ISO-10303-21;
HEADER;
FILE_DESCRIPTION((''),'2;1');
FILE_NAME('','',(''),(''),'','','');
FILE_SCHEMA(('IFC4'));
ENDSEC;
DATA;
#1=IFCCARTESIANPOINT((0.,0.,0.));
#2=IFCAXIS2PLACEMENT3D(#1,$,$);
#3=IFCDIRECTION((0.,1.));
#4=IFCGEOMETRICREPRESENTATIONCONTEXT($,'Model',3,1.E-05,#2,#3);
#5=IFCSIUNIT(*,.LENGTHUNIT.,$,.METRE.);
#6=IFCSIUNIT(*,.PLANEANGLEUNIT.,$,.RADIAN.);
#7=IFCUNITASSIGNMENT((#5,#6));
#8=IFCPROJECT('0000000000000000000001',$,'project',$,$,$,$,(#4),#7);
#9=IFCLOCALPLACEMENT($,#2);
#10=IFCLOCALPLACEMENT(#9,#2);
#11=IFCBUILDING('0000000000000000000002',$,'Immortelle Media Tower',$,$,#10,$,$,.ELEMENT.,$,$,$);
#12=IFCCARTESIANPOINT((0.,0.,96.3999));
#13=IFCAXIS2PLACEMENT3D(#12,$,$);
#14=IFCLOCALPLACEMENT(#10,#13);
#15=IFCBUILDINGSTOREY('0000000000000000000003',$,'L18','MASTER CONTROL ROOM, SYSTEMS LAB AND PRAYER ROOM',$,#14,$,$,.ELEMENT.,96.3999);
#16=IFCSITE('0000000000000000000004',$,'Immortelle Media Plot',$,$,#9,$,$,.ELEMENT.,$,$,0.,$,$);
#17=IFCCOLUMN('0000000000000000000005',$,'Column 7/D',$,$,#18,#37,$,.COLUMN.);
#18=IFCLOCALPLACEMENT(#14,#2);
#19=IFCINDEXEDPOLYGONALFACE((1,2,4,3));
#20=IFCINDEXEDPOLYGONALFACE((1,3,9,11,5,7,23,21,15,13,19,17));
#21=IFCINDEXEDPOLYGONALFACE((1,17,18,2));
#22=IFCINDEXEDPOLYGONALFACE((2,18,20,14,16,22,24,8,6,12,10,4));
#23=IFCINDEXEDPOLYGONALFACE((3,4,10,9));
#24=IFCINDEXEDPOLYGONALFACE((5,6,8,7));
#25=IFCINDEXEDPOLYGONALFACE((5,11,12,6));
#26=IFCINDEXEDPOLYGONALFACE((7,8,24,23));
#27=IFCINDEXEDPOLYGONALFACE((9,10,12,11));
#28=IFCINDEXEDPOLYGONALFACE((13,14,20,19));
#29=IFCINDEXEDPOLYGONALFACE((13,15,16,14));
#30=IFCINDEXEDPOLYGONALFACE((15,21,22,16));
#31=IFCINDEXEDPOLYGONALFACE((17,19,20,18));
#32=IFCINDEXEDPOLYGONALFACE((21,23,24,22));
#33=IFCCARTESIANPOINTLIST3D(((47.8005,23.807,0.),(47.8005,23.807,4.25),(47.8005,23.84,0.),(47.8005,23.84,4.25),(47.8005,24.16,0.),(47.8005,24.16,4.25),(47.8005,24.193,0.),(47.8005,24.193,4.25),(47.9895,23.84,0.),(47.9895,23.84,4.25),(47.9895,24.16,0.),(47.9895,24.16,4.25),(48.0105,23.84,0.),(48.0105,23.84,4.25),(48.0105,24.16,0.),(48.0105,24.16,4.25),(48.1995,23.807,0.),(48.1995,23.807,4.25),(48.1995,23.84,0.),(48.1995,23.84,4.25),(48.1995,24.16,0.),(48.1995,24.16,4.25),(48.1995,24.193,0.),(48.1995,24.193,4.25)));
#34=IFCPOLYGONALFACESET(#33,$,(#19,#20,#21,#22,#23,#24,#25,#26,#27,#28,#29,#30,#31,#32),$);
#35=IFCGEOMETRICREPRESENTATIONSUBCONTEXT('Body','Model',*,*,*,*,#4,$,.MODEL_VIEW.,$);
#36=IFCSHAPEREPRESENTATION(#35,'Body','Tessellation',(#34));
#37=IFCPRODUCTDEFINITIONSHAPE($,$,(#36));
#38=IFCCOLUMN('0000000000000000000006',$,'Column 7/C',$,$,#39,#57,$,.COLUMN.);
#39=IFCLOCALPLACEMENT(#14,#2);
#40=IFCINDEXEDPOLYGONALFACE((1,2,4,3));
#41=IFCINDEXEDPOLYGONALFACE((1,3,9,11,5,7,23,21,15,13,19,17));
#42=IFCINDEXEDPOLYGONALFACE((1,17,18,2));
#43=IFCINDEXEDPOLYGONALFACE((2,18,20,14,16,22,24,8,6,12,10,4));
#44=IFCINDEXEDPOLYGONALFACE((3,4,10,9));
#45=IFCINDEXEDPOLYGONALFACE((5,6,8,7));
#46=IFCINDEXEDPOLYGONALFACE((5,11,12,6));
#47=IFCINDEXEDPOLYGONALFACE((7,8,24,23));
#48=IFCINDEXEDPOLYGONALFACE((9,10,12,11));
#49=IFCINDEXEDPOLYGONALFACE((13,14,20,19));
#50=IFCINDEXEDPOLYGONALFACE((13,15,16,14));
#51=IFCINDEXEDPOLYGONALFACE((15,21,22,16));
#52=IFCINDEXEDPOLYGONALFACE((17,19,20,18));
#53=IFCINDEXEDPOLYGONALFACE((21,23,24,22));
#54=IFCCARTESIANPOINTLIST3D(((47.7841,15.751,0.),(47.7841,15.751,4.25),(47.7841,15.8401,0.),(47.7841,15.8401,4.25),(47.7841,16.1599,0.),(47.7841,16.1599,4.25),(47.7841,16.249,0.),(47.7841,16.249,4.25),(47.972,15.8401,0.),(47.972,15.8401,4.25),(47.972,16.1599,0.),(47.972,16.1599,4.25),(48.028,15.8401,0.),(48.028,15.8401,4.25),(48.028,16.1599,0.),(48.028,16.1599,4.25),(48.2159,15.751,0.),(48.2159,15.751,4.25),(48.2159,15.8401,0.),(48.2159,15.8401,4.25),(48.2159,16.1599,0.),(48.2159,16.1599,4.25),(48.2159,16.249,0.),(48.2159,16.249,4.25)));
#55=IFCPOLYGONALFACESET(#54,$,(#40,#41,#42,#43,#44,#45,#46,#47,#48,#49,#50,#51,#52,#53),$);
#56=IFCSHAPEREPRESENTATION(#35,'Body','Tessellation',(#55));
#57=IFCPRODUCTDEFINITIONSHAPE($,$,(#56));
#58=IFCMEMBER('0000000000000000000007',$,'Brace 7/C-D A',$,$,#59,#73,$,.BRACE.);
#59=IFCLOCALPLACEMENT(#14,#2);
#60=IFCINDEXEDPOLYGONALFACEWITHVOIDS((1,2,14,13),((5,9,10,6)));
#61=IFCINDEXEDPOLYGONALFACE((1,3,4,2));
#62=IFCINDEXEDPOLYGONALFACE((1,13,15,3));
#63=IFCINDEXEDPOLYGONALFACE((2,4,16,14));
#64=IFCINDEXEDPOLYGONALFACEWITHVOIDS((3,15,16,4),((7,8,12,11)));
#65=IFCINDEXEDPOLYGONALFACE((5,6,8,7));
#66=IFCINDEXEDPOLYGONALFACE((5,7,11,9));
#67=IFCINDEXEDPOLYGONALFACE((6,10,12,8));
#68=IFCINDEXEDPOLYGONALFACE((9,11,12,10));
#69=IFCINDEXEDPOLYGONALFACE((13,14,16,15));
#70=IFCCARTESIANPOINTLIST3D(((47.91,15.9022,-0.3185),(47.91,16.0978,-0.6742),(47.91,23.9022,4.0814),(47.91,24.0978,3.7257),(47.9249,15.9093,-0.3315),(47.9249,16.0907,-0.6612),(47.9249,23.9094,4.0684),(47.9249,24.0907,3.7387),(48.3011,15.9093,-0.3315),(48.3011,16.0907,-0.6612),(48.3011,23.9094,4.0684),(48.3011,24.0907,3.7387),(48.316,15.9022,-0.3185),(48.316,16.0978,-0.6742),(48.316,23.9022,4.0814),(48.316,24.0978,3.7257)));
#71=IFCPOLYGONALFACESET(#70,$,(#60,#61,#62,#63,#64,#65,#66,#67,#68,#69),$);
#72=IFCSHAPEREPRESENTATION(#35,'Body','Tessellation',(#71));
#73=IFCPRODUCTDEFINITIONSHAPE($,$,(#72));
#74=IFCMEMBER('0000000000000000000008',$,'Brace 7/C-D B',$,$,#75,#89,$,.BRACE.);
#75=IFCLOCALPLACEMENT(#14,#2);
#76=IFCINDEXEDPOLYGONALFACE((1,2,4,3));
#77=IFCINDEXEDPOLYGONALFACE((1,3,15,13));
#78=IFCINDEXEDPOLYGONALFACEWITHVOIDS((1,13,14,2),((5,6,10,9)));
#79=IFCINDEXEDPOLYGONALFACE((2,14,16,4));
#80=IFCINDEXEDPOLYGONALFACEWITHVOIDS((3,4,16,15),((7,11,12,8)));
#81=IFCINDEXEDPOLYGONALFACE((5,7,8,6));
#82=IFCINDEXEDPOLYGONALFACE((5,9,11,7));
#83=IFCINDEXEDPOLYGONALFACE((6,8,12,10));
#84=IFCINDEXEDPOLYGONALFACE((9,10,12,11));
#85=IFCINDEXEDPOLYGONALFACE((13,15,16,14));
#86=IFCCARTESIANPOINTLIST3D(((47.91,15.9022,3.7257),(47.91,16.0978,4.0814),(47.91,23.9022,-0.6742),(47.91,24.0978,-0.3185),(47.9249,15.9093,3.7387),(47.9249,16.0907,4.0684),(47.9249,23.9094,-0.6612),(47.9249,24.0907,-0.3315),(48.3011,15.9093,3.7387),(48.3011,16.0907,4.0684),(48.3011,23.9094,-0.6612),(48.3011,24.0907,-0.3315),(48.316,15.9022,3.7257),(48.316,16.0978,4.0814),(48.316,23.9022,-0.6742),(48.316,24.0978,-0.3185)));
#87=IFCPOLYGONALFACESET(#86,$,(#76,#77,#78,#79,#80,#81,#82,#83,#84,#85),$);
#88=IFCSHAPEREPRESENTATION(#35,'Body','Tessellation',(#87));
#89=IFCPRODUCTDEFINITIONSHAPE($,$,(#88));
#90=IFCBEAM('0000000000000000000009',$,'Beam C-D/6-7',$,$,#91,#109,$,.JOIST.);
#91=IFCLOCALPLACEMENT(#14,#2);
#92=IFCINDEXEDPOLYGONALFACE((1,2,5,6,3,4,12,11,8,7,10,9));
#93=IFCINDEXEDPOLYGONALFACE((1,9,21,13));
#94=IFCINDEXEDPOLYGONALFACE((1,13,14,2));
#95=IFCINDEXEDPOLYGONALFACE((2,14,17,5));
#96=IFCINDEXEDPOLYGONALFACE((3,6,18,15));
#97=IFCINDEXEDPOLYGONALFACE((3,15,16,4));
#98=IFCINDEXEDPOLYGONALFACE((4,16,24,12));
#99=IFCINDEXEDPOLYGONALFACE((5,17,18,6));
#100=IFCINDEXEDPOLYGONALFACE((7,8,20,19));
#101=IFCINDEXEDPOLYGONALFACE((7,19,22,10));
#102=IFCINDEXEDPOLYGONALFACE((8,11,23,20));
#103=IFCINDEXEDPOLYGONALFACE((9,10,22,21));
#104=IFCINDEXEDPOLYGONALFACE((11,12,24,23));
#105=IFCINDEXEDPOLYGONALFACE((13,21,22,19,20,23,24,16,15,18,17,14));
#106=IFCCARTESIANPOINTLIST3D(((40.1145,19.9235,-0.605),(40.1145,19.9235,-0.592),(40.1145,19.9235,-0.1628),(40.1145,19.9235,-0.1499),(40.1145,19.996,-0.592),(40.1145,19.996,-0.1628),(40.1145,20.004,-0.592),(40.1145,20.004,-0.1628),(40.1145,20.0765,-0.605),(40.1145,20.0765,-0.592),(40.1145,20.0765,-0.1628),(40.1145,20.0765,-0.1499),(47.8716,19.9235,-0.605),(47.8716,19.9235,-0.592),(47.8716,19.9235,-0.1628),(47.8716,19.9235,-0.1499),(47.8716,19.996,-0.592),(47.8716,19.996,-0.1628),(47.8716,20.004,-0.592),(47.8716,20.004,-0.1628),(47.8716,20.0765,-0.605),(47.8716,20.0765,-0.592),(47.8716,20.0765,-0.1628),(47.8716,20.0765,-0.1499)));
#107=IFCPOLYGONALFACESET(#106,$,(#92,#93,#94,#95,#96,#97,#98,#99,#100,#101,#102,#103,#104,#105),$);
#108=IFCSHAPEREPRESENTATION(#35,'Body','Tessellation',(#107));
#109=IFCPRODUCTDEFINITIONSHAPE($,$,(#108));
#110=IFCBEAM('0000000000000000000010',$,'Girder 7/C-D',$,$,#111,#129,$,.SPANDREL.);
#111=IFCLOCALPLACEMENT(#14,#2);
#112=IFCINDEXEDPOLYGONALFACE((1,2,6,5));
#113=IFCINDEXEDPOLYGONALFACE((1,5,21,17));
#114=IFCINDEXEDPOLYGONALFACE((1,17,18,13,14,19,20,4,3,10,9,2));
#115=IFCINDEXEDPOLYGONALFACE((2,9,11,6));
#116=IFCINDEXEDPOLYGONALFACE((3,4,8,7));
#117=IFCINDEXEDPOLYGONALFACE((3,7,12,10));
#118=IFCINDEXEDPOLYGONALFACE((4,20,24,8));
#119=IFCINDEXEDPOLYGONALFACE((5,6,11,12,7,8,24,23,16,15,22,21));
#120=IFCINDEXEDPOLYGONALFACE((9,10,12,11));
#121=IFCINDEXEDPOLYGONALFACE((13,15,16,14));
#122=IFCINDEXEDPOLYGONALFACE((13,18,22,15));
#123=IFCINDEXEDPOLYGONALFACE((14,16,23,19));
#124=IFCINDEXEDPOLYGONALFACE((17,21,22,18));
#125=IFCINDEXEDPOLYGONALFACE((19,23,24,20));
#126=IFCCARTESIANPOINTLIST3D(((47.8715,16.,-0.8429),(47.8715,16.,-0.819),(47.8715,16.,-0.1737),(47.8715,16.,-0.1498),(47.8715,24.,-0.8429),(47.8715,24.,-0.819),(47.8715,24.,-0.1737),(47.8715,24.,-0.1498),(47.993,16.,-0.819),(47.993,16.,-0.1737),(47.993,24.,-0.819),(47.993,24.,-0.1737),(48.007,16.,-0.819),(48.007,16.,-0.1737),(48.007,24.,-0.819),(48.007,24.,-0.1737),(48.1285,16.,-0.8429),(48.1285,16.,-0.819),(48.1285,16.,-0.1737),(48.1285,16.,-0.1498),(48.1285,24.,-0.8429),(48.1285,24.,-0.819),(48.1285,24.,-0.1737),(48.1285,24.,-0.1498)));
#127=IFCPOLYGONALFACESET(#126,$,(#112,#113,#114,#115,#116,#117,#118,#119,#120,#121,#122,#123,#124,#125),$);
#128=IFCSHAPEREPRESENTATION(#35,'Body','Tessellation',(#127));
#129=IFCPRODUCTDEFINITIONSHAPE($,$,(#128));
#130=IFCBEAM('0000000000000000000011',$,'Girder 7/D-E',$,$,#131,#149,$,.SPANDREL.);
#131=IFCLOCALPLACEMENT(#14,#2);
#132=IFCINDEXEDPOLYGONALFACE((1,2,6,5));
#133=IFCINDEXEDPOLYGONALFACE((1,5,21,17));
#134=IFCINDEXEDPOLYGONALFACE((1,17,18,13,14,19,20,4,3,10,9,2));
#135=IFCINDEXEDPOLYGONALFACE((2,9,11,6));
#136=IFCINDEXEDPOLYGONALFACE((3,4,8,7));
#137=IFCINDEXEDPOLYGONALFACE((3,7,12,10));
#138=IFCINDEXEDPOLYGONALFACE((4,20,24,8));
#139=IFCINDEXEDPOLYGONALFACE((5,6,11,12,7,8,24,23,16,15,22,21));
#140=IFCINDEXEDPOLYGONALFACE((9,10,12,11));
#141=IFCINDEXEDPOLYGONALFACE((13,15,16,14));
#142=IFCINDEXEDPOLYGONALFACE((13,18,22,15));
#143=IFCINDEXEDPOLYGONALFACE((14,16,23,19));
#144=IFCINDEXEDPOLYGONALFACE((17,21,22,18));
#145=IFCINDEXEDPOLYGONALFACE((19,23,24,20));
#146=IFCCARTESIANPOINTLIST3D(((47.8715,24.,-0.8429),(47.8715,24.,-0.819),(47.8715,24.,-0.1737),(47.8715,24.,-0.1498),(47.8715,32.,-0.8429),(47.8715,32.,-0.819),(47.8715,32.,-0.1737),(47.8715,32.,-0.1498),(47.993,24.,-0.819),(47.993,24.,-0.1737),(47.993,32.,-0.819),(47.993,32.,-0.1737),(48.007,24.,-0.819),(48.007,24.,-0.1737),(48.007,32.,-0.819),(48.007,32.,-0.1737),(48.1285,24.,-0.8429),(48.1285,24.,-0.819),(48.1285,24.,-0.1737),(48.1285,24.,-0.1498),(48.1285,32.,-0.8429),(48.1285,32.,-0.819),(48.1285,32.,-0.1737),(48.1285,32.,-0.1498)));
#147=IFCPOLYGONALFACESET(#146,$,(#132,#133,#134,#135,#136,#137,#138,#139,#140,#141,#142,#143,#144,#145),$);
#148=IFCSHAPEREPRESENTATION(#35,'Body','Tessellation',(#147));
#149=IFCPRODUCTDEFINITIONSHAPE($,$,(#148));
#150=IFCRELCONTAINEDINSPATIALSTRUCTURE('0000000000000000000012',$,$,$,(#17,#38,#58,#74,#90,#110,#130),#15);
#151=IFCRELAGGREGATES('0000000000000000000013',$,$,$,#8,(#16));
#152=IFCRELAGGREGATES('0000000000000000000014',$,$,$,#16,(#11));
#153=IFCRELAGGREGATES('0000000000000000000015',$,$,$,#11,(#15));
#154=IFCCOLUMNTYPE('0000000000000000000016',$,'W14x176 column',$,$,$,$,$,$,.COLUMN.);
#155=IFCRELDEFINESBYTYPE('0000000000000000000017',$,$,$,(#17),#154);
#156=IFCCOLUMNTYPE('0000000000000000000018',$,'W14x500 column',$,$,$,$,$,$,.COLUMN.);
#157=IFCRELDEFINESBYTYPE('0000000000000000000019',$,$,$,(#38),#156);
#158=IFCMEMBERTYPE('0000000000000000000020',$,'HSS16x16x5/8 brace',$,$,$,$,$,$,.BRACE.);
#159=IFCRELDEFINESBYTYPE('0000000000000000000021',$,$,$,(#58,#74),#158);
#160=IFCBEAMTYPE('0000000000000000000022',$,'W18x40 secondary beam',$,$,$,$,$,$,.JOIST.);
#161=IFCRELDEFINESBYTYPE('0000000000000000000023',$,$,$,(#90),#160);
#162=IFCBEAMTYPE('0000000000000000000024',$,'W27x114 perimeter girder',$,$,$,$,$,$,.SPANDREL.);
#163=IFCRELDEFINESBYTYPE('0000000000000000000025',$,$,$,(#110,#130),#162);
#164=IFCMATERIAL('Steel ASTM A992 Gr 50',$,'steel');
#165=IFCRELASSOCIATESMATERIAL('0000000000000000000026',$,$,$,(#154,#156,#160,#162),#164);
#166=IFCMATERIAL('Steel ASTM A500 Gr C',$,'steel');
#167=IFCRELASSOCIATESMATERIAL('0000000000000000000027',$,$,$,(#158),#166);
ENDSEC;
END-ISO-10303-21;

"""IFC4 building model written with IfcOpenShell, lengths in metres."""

from ifc_helpers import new_model, si_unit, direction, frame, origin, origin_2d, place, context, subcontext, project, spatial, hollow_rectangle, i_section, extrude, material, material_profile, profile_set, type_object, element, save


model = new_model("IFC4")

# Units and contexts
model_context = context("Model", 3, precision=1e-05, world=origin(), true_north=direction((0.0, 1.0)))
body_context = subcontext(model_context, "Body", "Model", "MODEL_VIEW")
ifc_project = project(units=[si_unit("LENGTHUNIT", "METRE"), si_unit("PLANEANGLEUNIT", "RADIAN")], contexts=[model_context])

# Site, building, storey
site_placement = place(None, origin())
site = spatial("IfcSite", under=ifc_project, at=site_placement, Name="Immortelle Media Plot", CompositionType="ELEMENT", RefElevation=0.0)
building_placement = place(site_placement, origin())
building = spatial("IfcBuilding", under=site, at=building_placement, Name="Immortelle Media Tower", CompositionType="ELEMENT")
storey_placement = place(building_placement, frame((0.0, 0.0, 96.3999)))
storey = spatial("IfcBuildingStorey", under=building, at=storey_placement, Name="L18", Description="MASTER CONTROL ROOM, SYSTEMS LAB AND PRAYER ROOM", CompositionType="ELEMENT", Elevation=96.3999)

# Columns
ifc_material_1 = material(Name="Steel ASTM A992 Gr 50", Category="steel")
ifc_material_profile_1 = material_profile(ifc_material_1, i_section(OverallWidth=0.3989, OverallDepth=0.386, WebThickness=0.021, FlangeThickness=0.033, at=origin_2d()), Name="W14x176")
ifc_profile_set_1 = profile_set([ifc_material_profile_1], Name="Steel ASTM A992 Gr 50")
column_type_1 = type_object("IfcColumnType", Name="W14x176 column", PredefinedType="COLUMN", material=ifc_profile_set_1)
column_1_placement = place(storey_placement, frame((48.0, 24.0, 0.0), z_axis=(0.0, 0.0, 1.0), x_axis=(1.0, 0.0, 0.0)))
element("IfcColumn", 1, at=column_1_placement, inside=storey, type_object=column_type_1, Name="Column 7/D", PredefinedType="COLUMN", context=body_context, shape_type="SweptSolid", body=[
    extrude(i_section(OverallWidth=0.3989, OverallDepth=0.386, WebThickness=0.021, FlangeThickness=0.033, at=origin_2d()), origin(), (0.0, 0.0, 1.0), 4.25),
])
ifc_material_profile_2 = material_profile(ifc_material_1, i_section(OverallWidth=0.4319, OverallDepth=0.498, WebThickness=0.0559, FlangeThickness=0.0891, at=origin_2d()), Name="W14x500")
ifc_profile_set_2 = profile_set([ifc_material_profile_2], Name="Steel ASTM A992 Gr 50")
column_type_2 = type_object("IfcColumnType", Name="W14x500 column", PredefinedType="COLUMN", material=ifc_profile_set_2)
column_2_placement = place(storey_placement, frame((48.0, 16.0, 0.0), z_axis=(0.0, 0.0, 1.0), x_axis=(1.0, 0.0, 0.0)))
element("IfcColumn", 2, at=column_2_placement, inside=storey, type_object=column_type_2, Name="Column 7/C", PredefinedType="COLUMN", context=body_context, shape_type="SweptSolid", body=[
    extrude(i_section(OverallWidth=0.4319, OverallDepth=0.498, WebThickness=0.0559, FlangeThickness=0.0891, at=origin_2d()), origin(), (0.0, 0.0, 1.0), 4.25),
])

# Members
ifc_material_2 = material(Name="Steel ASTM A500 Gr C", Category="steel")
ifc_material_profile_3 = material_profile(ifc_material_2, hollow_rectangle(XDim=0.406, YDim=0.406, WallThickness=0.0149, at=origin_2d()), Name="HSS16x16x5/8 brace")
ifc_profile_set_3 = profile_set([ifc_material_profile_3], Name="Steel ASTM A500 Gr C")
member_type = type_object("IfcMemberType", Name="HSS16x16x5/8 brace", PredefinedType="BRACE", material=ifc_profile_set_3)
for number, where, z_axis, x_axis, name in (
    (3, (48.113, 16.0, -0.4963), (0.0, 0.87622, 0.481911), (-1.0, 0.0, 0.0), "Brace 7/C-D A"),
    (4, (48.113, 16.0, 3.9036), (0.0, 0.87622, -0.481911), (-1.0, 0.0, 0.0), "Brace 7/C-D B"),
):
    element("IfcMember", number, at=place(storey_placement, frame(where, z_axis=z_axis, x_axis=x_axis)), inside=storey, type_object=member_type, Name=name, PredefinedType="BRACE", context=body_context, shape_type="SweptSolid", body=[
        extrude(hollow_rectangle(XDim=0.406, YDim=0.406, WallThickness=0.0149, at=origin_2d()), origin(), (0.0, 0.0, 1.0), 9.1301),
    ])

# Beams
ifc_material_profile_4 = material_profile(ifc_material_1, i_section(OverallWidth=0.1531, OverallDepth=0.4551, WebThickness=0.0081, FlangeThickness=0.0129, at=origin_2d()), Name="W18x40")
ifc_profile_set_4 = profile_set([ifc_material_profile_4], Name="Steel ASTM A992 Gr 50")
beam_type_1 = type_object("IfcBeamType", Name="W18x40 secondary beam", PredefinedType="JOIST", material=ifc_profile_set_4)
beam_placement = place(storey_placement, frame((40.1145, 20.0, -0.3774), z_axis=(1.0, 0.0, 0.0), x_axis=(0.0, 1.0, 0.0)))
element("IfcBeam", 5, at=beam_placement, inside=storey, type_object=beam_type_1, Name="Beam C-D/6-7", PredefinedType="JOIST", context=body_context, shape_type="SweptSolid", body=[
    extrude(i_section(OverallWidth=0.1531, OverallDepth=0.4551, WebThickness=0.0081, FlangeThickness=0.0129, at=origin_2d()), origin(), (0.0, 0.0, 1.0), 7.7571),
])
ifc_material_profile_5 = material_profile(ifc_material_1, i_section(OverallWidth=0.2571, OverallDepth=0.6931, WebThickness=0.0139, FlangeThickness=0.0239, at=origin_2d()), Name="W27x114")
ifc_profile_set_5 = profile_set([ifc_material_profile_5], Name="Steel ASTM A992 Gr 50")
beam_type_2 = type_object("IfcBeamType", Name="W27x114 perimeter girder", PredefinedType="SPANDREL", material=ifc_profile_set_5)
for number, where, z_axis, x_axis, name in (
    (6, (48.0, 16.0, -0.4963), (0.0, 1.0, 0.0), (-1.0, 0.0, 0.0), "Girder 7/C-D"),
    (7, (48.0, 24.0, -0.4963), (0.0, 1.0, 0.0), (-1.0, 0.0, 0.0), "Girder 7/D-E"),
):
    element("IfcBeam", number, at=place(storey_placement, frame(where, z_axis=z_axis, x_axis=x_axis)), inside=storey, type_object=beam_type_2, Name=name, PredefinedType="SPANDREL", context=body_context, shape_type="SweptSolid", body=[
        extrude(i_section(OverallWidth=0.2571, OverallDepth=0.6931, WebThickness=0.0139, FlangeThickness=0.0239, at=origin_2d()), origin(), (0.0, 0.0, 1.0), 8.0),
    ])

save(model, "model.ifc")
